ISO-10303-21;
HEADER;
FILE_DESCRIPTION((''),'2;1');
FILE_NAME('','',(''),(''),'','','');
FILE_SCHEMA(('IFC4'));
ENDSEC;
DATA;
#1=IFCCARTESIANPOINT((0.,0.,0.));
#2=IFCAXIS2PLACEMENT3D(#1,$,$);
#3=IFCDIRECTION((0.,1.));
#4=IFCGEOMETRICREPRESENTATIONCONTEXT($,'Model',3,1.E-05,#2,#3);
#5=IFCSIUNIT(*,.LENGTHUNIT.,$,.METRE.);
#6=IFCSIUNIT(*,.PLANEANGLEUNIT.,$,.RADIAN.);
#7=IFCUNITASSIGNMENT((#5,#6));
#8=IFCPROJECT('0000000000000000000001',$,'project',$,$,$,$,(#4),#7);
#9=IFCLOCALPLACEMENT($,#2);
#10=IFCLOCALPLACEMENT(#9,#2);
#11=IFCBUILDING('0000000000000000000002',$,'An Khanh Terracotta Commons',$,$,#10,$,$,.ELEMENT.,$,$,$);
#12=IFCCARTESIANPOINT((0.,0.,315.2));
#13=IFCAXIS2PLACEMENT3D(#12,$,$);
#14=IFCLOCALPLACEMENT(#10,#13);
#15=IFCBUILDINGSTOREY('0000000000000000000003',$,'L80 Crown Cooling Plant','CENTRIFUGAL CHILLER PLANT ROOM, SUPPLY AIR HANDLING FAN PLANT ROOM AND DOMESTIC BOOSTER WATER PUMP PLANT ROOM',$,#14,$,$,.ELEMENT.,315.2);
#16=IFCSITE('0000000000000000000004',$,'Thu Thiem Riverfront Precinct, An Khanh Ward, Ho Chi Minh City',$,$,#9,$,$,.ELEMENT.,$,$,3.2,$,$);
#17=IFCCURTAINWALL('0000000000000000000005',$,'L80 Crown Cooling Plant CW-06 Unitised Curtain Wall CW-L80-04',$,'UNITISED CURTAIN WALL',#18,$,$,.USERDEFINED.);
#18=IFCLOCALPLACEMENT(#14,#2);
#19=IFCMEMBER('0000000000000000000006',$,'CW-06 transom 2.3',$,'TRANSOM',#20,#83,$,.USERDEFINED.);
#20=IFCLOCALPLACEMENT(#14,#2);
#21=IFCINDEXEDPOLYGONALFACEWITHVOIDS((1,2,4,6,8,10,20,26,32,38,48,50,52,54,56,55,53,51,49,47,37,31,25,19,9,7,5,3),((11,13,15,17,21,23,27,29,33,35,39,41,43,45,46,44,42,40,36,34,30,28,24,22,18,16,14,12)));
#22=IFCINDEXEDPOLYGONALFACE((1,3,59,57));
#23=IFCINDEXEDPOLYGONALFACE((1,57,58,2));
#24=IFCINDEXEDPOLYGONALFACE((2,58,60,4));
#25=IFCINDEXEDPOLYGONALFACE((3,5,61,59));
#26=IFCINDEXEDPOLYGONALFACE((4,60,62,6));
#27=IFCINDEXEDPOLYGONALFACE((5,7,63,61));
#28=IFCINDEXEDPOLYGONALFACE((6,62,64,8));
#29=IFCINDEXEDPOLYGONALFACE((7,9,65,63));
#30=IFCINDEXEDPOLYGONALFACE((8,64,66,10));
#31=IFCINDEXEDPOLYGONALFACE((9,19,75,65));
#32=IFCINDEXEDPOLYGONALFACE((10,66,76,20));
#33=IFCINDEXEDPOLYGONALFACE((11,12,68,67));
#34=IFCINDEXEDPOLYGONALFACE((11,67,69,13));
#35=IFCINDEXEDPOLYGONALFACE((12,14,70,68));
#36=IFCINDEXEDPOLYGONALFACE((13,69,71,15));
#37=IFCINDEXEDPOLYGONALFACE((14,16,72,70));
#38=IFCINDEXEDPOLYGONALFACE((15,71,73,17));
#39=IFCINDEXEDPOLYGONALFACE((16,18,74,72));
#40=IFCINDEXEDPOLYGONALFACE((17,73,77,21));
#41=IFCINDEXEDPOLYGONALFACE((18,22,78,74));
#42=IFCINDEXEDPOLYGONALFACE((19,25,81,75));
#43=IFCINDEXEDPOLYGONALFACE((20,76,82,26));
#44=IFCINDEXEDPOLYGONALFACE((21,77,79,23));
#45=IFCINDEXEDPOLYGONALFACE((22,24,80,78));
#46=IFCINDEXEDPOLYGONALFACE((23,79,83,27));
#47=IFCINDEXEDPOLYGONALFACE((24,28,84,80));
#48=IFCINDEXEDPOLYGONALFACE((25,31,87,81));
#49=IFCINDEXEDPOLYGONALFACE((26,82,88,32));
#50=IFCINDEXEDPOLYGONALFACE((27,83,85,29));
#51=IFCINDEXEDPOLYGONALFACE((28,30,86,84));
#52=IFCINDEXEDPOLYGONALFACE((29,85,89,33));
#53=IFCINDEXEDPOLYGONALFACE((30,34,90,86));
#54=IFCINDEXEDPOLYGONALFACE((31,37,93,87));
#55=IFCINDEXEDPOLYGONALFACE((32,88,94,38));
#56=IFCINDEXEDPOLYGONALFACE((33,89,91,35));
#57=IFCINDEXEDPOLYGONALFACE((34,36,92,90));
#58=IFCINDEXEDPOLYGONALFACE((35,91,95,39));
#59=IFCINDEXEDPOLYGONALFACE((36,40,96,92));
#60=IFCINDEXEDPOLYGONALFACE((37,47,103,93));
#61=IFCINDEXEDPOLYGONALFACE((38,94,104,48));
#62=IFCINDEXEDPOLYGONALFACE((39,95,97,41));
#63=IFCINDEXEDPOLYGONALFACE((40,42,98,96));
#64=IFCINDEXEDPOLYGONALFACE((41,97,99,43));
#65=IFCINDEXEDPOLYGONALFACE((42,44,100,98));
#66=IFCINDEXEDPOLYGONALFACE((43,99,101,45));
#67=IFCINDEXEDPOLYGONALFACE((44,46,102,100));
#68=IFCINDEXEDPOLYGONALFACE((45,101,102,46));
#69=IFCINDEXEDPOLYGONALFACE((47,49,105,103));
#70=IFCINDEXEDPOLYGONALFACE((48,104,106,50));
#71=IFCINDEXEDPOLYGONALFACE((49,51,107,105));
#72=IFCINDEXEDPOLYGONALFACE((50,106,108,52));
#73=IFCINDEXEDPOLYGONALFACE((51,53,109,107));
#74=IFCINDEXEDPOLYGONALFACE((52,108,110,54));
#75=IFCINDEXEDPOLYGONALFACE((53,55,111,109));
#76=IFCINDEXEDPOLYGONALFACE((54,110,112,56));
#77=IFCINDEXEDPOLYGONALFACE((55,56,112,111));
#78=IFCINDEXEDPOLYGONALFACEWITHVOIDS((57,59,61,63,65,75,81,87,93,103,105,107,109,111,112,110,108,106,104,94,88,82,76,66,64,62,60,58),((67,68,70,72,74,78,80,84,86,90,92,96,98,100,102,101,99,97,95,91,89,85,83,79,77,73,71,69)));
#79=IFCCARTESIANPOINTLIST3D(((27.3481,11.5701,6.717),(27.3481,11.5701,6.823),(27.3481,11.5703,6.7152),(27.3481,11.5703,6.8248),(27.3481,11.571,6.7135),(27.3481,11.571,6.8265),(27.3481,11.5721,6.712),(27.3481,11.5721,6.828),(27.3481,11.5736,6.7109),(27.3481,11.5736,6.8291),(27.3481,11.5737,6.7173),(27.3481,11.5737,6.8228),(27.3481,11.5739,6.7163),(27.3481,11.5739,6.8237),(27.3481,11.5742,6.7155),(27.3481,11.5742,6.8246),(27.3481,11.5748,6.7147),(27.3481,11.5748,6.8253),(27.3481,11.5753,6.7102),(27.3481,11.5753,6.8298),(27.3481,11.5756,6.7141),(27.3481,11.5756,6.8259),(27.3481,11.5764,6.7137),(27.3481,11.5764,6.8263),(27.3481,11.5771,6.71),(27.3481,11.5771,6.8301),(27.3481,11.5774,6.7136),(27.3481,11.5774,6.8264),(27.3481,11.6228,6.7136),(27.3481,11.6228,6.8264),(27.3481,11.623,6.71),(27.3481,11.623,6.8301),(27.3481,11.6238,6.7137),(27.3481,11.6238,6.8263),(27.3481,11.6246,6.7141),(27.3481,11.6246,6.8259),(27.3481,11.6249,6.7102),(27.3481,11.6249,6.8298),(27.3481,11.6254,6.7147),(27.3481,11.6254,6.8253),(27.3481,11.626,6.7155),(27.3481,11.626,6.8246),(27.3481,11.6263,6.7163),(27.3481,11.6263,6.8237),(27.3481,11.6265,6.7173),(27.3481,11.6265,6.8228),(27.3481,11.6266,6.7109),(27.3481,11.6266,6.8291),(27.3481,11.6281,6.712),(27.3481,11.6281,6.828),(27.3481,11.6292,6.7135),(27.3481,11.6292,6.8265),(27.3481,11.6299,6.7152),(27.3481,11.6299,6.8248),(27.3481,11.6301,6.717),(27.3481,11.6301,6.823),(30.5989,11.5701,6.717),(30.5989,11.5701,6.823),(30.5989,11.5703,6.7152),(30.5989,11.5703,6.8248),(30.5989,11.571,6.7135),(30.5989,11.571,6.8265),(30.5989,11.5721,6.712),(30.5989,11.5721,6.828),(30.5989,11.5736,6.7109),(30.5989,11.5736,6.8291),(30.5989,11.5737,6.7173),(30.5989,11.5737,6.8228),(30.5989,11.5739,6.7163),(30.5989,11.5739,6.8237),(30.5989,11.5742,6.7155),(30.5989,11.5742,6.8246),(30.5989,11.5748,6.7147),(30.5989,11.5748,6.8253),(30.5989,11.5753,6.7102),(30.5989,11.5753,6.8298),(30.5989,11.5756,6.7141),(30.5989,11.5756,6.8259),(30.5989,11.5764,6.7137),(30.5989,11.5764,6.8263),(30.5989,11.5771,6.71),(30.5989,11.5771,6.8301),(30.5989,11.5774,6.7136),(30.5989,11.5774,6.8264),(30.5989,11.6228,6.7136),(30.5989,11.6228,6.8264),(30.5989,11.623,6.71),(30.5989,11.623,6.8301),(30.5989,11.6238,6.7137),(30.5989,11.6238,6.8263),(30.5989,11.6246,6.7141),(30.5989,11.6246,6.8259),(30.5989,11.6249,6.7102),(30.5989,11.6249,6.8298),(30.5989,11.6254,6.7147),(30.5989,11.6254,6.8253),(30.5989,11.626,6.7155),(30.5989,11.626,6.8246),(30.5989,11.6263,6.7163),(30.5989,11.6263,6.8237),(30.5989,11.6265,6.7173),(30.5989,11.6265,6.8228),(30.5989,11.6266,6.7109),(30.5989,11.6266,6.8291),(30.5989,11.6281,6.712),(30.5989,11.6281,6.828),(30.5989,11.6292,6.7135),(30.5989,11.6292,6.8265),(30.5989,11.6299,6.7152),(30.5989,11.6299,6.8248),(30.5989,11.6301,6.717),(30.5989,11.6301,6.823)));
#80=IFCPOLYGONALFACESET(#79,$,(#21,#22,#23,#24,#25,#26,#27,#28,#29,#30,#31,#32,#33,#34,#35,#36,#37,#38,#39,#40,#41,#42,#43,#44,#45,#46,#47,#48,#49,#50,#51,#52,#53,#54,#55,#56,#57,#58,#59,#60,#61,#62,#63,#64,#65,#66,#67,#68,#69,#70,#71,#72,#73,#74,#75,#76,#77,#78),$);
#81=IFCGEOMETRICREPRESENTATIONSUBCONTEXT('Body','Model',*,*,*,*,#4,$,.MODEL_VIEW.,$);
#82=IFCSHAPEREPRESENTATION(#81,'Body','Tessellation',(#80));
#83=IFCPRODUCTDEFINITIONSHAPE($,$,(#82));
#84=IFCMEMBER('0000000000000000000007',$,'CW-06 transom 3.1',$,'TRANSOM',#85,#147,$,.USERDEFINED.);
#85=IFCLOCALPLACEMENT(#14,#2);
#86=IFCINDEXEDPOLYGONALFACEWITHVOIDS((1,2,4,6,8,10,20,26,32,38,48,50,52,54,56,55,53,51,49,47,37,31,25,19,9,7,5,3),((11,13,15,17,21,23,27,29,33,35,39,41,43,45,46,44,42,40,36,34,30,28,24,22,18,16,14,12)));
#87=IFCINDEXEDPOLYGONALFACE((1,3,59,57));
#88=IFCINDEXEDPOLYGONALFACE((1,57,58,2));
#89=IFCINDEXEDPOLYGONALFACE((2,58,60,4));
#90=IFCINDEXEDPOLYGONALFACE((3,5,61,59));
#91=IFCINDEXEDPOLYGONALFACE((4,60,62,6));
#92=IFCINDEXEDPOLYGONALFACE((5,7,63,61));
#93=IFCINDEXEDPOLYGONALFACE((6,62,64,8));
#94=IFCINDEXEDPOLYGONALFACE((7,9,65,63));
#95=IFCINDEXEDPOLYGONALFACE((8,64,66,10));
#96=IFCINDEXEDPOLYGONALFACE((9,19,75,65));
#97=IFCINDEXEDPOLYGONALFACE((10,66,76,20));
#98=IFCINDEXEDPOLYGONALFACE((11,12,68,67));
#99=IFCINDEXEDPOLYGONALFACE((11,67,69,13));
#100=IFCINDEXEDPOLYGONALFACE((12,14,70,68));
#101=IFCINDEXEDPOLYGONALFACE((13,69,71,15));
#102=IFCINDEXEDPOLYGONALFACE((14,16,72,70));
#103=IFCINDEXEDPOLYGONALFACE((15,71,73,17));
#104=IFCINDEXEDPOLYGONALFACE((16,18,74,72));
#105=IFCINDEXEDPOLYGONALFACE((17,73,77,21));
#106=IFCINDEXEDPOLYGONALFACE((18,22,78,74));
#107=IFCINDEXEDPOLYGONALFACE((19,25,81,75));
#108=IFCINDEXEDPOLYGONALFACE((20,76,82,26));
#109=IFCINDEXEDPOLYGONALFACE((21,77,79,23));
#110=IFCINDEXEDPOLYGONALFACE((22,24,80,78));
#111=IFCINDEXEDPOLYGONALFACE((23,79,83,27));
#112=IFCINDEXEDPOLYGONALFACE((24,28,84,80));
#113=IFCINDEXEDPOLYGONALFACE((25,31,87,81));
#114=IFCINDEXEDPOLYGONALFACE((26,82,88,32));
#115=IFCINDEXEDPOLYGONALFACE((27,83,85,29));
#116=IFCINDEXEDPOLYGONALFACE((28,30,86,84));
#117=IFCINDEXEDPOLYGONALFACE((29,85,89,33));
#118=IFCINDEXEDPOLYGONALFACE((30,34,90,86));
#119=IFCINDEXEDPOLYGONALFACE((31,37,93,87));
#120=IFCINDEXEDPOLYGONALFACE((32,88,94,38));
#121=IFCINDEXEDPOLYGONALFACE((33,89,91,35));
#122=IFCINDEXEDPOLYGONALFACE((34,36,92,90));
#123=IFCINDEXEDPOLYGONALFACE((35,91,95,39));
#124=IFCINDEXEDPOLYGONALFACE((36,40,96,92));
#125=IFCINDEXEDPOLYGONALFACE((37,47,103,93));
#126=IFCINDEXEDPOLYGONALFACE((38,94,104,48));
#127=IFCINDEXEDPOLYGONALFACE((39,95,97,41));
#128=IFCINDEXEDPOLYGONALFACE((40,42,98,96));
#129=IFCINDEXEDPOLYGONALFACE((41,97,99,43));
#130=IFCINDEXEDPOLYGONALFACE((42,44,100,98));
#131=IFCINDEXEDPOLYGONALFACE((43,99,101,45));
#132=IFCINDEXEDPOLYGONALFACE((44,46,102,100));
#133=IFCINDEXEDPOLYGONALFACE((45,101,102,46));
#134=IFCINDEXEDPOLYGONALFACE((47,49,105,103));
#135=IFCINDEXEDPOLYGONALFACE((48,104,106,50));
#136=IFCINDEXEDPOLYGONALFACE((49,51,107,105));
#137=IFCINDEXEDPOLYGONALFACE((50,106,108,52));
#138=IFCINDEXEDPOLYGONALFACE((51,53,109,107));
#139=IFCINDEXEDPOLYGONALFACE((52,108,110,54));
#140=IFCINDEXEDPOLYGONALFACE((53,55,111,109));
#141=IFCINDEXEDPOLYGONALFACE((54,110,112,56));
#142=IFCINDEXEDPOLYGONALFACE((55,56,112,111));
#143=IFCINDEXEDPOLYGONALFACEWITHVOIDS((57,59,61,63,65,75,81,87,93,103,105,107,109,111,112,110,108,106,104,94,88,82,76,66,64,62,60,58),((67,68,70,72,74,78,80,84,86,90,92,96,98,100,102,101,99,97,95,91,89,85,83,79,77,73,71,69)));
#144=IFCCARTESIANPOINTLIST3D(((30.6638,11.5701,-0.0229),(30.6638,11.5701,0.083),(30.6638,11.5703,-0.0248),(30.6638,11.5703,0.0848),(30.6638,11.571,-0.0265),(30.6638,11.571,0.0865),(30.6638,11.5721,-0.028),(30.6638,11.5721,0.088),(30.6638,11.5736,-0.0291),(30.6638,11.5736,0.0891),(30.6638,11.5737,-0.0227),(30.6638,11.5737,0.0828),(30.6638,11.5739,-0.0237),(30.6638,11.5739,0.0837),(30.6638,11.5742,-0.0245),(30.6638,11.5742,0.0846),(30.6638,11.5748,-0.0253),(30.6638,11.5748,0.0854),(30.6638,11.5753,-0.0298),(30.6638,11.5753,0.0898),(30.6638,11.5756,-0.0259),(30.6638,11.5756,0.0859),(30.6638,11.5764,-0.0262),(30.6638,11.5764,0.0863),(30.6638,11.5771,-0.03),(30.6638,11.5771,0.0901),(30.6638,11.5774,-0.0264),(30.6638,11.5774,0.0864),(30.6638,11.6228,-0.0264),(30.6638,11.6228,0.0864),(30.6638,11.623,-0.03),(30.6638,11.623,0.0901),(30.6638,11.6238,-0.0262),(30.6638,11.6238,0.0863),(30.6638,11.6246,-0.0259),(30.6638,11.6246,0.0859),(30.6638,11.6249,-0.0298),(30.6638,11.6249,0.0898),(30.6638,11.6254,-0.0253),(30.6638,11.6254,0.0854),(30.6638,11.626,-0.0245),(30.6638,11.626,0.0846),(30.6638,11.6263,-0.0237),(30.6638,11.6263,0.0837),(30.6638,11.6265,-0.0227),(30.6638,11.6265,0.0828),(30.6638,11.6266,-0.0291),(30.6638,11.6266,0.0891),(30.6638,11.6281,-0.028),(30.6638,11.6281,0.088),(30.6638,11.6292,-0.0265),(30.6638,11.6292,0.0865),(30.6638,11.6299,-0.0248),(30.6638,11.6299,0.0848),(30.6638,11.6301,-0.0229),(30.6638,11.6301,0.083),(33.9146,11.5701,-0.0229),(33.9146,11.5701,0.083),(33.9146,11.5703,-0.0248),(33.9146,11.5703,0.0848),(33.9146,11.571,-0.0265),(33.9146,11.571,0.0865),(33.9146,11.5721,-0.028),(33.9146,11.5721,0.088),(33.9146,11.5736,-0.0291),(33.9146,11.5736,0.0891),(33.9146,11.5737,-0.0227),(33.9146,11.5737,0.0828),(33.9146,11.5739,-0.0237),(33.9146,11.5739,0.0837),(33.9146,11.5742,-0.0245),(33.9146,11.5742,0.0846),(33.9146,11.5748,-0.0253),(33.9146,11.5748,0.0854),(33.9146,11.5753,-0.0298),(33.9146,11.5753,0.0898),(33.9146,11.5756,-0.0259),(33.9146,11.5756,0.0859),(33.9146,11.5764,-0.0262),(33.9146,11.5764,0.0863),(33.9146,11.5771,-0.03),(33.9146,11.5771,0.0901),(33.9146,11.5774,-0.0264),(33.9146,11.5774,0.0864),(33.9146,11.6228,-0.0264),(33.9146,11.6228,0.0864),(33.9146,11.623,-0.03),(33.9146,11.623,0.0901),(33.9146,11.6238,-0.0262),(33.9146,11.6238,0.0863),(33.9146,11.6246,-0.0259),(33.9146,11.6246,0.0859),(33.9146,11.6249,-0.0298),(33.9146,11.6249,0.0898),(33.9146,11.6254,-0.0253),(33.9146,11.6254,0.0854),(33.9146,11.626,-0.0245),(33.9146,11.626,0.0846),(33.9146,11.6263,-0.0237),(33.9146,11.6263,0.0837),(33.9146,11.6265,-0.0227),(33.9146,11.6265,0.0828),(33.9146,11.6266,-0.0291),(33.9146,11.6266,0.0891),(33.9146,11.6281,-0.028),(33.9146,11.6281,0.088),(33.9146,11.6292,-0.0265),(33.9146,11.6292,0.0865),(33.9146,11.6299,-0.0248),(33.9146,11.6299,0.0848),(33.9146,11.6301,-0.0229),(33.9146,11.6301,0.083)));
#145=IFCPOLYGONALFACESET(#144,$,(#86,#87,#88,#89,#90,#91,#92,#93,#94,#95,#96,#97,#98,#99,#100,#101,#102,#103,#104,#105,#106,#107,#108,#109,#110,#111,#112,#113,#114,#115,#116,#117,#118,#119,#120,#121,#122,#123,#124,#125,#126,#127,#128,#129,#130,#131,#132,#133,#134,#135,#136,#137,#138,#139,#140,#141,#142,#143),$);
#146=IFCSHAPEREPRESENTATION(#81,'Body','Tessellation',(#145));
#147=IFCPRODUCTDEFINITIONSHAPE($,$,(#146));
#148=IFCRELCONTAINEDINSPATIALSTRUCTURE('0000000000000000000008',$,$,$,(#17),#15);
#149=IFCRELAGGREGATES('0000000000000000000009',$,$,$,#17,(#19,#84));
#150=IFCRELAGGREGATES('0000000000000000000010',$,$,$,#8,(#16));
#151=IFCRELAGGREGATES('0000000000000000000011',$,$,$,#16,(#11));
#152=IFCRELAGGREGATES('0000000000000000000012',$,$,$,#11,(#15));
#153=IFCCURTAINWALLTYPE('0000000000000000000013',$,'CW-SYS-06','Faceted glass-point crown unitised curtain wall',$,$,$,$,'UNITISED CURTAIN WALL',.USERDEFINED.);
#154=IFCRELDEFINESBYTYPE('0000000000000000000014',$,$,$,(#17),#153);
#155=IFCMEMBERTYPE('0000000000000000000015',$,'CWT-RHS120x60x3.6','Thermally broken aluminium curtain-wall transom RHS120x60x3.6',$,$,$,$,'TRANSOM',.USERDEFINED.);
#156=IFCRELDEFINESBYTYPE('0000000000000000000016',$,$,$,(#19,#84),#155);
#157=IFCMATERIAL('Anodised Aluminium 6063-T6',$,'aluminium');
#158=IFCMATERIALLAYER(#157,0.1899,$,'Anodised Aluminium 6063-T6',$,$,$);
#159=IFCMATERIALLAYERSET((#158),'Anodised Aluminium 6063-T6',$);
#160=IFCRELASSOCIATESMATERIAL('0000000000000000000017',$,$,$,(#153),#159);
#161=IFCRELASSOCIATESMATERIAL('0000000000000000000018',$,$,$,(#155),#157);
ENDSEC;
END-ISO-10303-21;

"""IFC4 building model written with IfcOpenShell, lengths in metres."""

from ifc_helpers import new_model, si_unit, direction, frame, origin, origin_2d, place, context, subcontext, project, spatial, hollow_rectangle, extrude, material, layer, layer_set, material_profile, profile_set, type_object, element, aggregate, save


model = new_model("IFC4")

# Units and contexts
model_context = context("Model", 3, precision=1e-05, world=origin(), true_north=direction((0.0, 1.0)))
body_context = subcontext(model_context, "Body", "Model", "MODEL_VIEW")
ifc_project = project(units=[si_unit("LENGTHUNIT", "METRE"), si_unit("PLANEANGLEUNIT", "RADIAN")], contexts=[model_context])

# Site, building, storey
site_placement = place(None, origin())
site = spatial("IfcSite", under=ifc_project, at=site_placement, Name="Thu Thiem Riverfront Precinct, An Khanh Ward, Ho Chi Minh City", CompositionType="ELEMENT", RefElevation=3.2)
building_placement = place(site_placement, origin())
building = spatial("IfcBuilding", under=site, at=building_placement, Name="An Khanh Terracotta Commons", CompositionType="ELEMENT")
storey_placement = place(building_placement, frame((0.0, 0.0, 315.2)))
storey = spatial("IfcBuildingStorey", under=building, at=storey_placement, Name="L80 Crown Cooling Plant", Description="CENTRIFUGAL CHILLER PLANT ROOM, SUPPLY AIR HANDLING FAN PLANT ROOM AND DOMESTIC BOOSTER WATER PUMP PLANT ROOM", CompositionType="ELEMENT", Elevation=315.2)

# Curtain wall, members
ifc_material_1 = material(Name="Anodised Aluminium 6063-T6", Category="aluminium")
ifc_layer_1 = layer(ifc_material_1, 0.1899, Name="Anodised Aluminium 6063-T6")
ifc_layer_set_1 = layer_set([ifc_layer_1], Name="Anodised Aluminium 6063-T6")
curtain_wall_type = type_object("IfcCurtainWallType", Name="CW-SYS-06", Description="Faceted glass-point crown unitised curtain wall", ElementType="UNITISED CURTAIN WALL", PredefinedType="USERDEFINED", material=ifc_layer_set_1)
curtain_wall_placement = place(storey_placement, origin())
curtain_wall = element("IfcCurtainWall", 1, at=curtain_wall_placement, inside=storey, type_object=curtain_wall_type, Name="L80 Crown Cooling Plant CW-06 Unitised Curtain Wall CW-L80-04", ObjectType="UNITISED CURTAIN WALL", PredefinedType="USERDEFINED")
ifc_material_profile_1 = material_profile(ifc_material_1, hollow_rectangle(XDim=0.0601, YDim=0.1201, WallThickness=0.0037, InnerFilletRadius=0.0037, OuterFilletRadius=0.0071, at=origin_2d()), Name="RHS120x60x3.6")
ifc_profile_set_1 = profile_set([ifc_material_profile_1], Name="Anodised Aluminium 6063-T6")
member_type_1 = type_object("IfcMemberType", Name="CWT-RHS120x60x3.6", Description="Thermally broken aluminium curtain-wall transom RHS120x60x3.6", ElementType="TRANSOM", PredefinedType="USERDEFINED", material=ifc_profile_set_1)
member_1_placement = place(storey_placement, frame((27.3481, 11.6001, 6.77), z_axis=(1.0, 0.0, 0.0), x_axis=(0.0, 1.0, 0.0)))
member_1 = element("IfcMember", 2, at=member_1_placement, type_object=member_type_1, Name="CW-06 transom 2.3", ObjectType="TRANSOM", PredefinedType="USERDEFINED", context=body_context, shape_type="SweptSolid", body=[
    extrude(hollow_rectangle(XDim=0.0601, YDim=0.1201, WallThickness=0.0037, InnerFilletRadius=0.0037, OuterFilletRadius=0.0071, at=origin_2d()), origin(), (0.0, 0.0, 1.0), 3.2507),
])
member_2_placement = place(storey_placement, frame((30.6638, 11.6001, 0.03), z_axis=(1.0, 0.0, 0.0), x_axis=(0.0, 1.0, 0.0)))
member_2 = element("IfcMember", 3, at=member_2_placement, type_object=member_type_1, Name="CW-06 transom 3.1", ObjectType="TRANSOM", PredefinedType="USERDEFINED", context=body_context, shape_type="SweptSolid", body=[
    extrude(hollow_rectangle(XDim=0.0601, YDim=0.1201, WallThickness=0.0037, InnerFilletRadius=0.0037, OuterFilletRadius=0.0071, at=origin_2d()), origin(), (0.0, 0.0, 1.0), 3.2507),
])
aggregate(curtain_wall, [member_1, member_2])

save(model, "model.ifc")
